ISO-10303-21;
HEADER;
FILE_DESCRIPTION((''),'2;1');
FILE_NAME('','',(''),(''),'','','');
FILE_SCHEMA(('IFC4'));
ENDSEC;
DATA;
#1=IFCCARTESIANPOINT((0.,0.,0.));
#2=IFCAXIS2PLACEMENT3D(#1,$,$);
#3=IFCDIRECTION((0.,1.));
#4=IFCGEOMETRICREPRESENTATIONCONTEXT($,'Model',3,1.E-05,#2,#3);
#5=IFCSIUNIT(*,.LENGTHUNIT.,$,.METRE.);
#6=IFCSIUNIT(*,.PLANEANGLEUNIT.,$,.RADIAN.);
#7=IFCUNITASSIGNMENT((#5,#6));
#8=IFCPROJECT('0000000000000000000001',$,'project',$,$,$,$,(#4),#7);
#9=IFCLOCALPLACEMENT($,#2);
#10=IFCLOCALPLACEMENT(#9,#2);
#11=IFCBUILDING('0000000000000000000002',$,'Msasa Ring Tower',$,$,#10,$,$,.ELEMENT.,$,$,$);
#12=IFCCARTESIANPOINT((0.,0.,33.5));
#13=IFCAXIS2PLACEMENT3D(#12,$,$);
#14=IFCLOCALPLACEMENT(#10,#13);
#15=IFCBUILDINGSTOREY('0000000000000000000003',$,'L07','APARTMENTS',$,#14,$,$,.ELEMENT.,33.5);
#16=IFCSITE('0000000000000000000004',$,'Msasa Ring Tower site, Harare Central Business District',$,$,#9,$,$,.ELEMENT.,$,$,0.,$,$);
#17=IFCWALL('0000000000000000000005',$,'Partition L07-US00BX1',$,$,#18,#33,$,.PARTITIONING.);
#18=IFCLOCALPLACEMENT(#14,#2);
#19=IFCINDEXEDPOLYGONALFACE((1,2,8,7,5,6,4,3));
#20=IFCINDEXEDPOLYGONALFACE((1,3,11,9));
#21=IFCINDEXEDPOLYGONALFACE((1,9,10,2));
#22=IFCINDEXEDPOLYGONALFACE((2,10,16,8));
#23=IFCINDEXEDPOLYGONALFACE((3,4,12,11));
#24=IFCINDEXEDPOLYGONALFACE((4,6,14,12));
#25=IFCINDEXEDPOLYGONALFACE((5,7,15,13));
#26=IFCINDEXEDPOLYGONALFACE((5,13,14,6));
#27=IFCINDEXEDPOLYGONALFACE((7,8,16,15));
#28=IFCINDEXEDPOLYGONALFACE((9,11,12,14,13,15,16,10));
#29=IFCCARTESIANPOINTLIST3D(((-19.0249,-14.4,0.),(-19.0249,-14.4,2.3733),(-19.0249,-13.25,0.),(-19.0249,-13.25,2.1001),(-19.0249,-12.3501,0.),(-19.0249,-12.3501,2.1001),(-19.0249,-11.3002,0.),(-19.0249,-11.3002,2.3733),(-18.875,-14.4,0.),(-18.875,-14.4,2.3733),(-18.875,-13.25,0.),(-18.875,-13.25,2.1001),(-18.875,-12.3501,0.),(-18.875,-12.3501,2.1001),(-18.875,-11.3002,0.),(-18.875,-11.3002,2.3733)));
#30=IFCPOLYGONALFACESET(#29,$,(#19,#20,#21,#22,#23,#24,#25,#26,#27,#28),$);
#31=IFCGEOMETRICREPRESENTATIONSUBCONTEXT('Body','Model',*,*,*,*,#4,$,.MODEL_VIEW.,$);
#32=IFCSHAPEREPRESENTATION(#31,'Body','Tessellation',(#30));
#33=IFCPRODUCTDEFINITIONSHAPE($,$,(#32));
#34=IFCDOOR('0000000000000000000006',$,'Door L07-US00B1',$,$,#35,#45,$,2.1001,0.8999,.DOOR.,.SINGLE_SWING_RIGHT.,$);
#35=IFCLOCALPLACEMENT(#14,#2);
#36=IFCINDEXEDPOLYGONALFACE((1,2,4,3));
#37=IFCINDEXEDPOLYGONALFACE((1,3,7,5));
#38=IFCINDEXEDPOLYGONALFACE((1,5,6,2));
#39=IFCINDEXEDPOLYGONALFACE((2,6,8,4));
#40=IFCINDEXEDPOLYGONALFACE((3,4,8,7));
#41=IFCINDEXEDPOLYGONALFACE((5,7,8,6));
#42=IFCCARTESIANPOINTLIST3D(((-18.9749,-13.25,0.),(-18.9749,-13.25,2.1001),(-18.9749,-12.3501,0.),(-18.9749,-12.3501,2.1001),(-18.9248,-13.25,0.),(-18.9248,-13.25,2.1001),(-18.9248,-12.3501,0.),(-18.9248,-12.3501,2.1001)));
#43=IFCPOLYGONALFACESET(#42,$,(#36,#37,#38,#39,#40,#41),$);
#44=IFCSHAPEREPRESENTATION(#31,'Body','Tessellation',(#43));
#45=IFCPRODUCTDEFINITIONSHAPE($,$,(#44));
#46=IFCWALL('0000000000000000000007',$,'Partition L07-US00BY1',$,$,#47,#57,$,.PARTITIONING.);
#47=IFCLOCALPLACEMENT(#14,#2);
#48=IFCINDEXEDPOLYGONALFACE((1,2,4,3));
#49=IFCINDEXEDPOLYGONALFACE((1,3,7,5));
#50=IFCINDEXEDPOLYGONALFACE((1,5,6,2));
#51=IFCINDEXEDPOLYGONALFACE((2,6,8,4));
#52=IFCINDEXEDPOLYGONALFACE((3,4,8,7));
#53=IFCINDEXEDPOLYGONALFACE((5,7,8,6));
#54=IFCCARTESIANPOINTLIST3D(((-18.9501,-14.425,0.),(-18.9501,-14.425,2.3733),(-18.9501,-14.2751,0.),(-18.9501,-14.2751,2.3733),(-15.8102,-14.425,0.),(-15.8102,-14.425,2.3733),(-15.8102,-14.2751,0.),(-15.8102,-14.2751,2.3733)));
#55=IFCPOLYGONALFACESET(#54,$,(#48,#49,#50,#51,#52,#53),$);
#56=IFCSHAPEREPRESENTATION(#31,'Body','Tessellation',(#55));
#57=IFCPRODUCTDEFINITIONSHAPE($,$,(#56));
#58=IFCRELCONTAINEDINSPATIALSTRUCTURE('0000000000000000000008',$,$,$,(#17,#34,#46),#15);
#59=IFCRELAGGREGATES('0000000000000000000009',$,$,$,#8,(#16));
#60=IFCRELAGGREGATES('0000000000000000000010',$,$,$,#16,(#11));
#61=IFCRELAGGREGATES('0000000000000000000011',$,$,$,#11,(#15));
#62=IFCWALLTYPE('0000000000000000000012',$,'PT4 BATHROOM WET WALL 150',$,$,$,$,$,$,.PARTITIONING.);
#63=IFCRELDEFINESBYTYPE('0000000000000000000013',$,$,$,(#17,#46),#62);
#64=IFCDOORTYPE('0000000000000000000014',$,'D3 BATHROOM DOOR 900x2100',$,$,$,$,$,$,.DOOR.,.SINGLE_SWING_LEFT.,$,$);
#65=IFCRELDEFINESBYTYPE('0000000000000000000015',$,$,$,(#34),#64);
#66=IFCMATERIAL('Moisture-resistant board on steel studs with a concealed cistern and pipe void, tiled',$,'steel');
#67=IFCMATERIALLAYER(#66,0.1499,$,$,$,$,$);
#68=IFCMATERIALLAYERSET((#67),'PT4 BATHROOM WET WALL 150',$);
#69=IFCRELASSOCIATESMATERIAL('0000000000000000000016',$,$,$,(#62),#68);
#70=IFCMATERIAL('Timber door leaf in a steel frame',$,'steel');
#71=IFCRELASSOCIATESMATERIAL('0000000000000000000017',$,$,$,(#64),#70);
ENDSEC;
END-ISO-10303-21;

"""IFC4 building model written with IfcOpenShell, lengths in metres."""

from ifc_helpers import new_model, si_unit, direction, frame, frame_2d, origin, place, context, subcontext, project, spatial, rectangle, extrude, material, layer, layer_set, type_object, element, fill, save


model = new_model("IFC4")

# Units and contexts
model_context = context("Model", 3, precision=1e-05, world=origin(), true_north=direction((0.0, 1.0)))
body_context = subcontext(model_context, "Body", "Model", "MODEL_VIEW")
ifc_project = project(units=[si_unit("LENGTHUNIT", "METRE"), si_unit("PLANEANGLEUNIT", "RADIAN")], contexts=[model_context])

# Site, building, storey
site_placement = place(None, origin())
site = spatial("IfcSite", under=ifc_project, at=site_placement, Name="Msasa Ring Tower site, Harare Central Business District", CompositionType="ELEMENT", RefElevation=0.0)
building_placement = place(site_placement, origin())
building = spatial("IfcBuilding", under=site, at=building_placement, Name="Msasa Ring Tower", CompositionType="ELEMENT")
storey_placement = place(building_placement, frame((0.0, 0.0, 33.5)))
storey = spatial("IfcBuildingStorey", under=building, at=storey_placement, Name="L07", Description="APARTMENTS", CompositionType="ELEMENT", Elevation=33.5)

# Wall, opening, door
ifc_material_1 = material(Name="Moisture-resistant board on steel studs with a concealed cistern and pipe void, tiled", Category="steel")
ifc_layer_1 = layer(ifc_material_1, 0.1499)
ifc_layer_set_1 = layer_set([ifc_layer_1], Name="PT4 BATHROOM WET WALL 150")
wall_type_1 = type_object("IfcWallType", Name="PT4 BATHROOM WET WALL 150", PredefinedType="PARTITIONING", material=ifc_layer_set_1)
wall_1_placement = place(storey_placement, frame((-18.95, -14.3999, 0.0), z_axis=(0.0, 0.0, 1.0), x_axis=(0.0, 1.0, 0.0)))
wall_1 = element("IfcWall", 1, at=wall_1_placement, inside=storey, type_object=wall_type_1, Name="Partition L07-US00BX1", PredefinedType="PARTITIONING", context=body_context, shape_type="SweptSolid", body=[
    extrude(rectangle(XDim=3.0999, YDim=0.1499, at=frame_2d((1.5498, 0.0))), origin(), (0.0, 0.0, 1.0), 2.3733),
])
opening_1_placement = place(wall_1_placement, frame((1.1499, 0.0, 0.0)))
opening_1 = element("IfcOpeningElement", 2, at=opening_1_placement, cuts=wall_1, PredefinedType="OPENING", context=body_context, shape_type="SweptSolid", body=[
    extrude(rectangle(XDim=0.8999, YDim=2.1001, at=frame_2d((0.45, 1.05))), frame((0.0, 0.085, 0.0), z_axis=(0.0, -1.0, 0.0), x_axis=(1.0, 0.0, 0.0)), (0.0, 0.0, 1.0), 0.1699),
])
ifc_material_2 = material(Name="Timber door leaf in a steel frame", Category="steel")
door_type_1 = type_object("IfcDoorType", Name="D3 BATHROOM DOOR 900x2100", OperationType="SINGLE_SWING_LEFT", PredefinedType="DOOR", material=ifc_material_2)
door_1_placement = place(opening_1_placement, origin())
door_1 = element("IfcDoor", 3, at=door_1_placement, inside=storey, type_object=door_type_1, Name="Door L07-US00B1", OperationType="SINGLE_SWING_RIGHT", OverallHeight=2.1001, OverallWidth=0.8999, PredefinedType="DOOR", context=body_context, shape_type="SweptSolid", body=[
    extrude(rectangle(XDim=0.8999, YDim=2.1001, at=frame_2d((0.45, 1.05))), frame((0.0, 0.0249, 0.0), z_axis=(0.0, -1.0, 0.0), x_axis=(1.0, 0.0, 0.0)), (0.0, 0.0, 1.0), 0.05),
])
fill(opening_1, door_1)

# Wall
wall_2_placement = place(storey_placement, frame((-18.95, -14.3501, 0.0), z_axis=(0.0, 0.0, 1.0), x_axis=(1.0, 0.0, 0.0)))
element("IfcWall", 4, at=wall_2_placement, inside=storey, type_object=wall_type_1, Name="Partition L07-US00BY1", PredefinedType="PARTITIONING", context=body_context, shape_type="SweptSolid", body=[
    extrude(rectangle(XDim=3.1399, YDim=0.1499, at=frame_2d((1.5698, 0.0))), origin(), (0.0, 0.0, 1.0), 2.3733),
])

save(model, "model.ifc")
